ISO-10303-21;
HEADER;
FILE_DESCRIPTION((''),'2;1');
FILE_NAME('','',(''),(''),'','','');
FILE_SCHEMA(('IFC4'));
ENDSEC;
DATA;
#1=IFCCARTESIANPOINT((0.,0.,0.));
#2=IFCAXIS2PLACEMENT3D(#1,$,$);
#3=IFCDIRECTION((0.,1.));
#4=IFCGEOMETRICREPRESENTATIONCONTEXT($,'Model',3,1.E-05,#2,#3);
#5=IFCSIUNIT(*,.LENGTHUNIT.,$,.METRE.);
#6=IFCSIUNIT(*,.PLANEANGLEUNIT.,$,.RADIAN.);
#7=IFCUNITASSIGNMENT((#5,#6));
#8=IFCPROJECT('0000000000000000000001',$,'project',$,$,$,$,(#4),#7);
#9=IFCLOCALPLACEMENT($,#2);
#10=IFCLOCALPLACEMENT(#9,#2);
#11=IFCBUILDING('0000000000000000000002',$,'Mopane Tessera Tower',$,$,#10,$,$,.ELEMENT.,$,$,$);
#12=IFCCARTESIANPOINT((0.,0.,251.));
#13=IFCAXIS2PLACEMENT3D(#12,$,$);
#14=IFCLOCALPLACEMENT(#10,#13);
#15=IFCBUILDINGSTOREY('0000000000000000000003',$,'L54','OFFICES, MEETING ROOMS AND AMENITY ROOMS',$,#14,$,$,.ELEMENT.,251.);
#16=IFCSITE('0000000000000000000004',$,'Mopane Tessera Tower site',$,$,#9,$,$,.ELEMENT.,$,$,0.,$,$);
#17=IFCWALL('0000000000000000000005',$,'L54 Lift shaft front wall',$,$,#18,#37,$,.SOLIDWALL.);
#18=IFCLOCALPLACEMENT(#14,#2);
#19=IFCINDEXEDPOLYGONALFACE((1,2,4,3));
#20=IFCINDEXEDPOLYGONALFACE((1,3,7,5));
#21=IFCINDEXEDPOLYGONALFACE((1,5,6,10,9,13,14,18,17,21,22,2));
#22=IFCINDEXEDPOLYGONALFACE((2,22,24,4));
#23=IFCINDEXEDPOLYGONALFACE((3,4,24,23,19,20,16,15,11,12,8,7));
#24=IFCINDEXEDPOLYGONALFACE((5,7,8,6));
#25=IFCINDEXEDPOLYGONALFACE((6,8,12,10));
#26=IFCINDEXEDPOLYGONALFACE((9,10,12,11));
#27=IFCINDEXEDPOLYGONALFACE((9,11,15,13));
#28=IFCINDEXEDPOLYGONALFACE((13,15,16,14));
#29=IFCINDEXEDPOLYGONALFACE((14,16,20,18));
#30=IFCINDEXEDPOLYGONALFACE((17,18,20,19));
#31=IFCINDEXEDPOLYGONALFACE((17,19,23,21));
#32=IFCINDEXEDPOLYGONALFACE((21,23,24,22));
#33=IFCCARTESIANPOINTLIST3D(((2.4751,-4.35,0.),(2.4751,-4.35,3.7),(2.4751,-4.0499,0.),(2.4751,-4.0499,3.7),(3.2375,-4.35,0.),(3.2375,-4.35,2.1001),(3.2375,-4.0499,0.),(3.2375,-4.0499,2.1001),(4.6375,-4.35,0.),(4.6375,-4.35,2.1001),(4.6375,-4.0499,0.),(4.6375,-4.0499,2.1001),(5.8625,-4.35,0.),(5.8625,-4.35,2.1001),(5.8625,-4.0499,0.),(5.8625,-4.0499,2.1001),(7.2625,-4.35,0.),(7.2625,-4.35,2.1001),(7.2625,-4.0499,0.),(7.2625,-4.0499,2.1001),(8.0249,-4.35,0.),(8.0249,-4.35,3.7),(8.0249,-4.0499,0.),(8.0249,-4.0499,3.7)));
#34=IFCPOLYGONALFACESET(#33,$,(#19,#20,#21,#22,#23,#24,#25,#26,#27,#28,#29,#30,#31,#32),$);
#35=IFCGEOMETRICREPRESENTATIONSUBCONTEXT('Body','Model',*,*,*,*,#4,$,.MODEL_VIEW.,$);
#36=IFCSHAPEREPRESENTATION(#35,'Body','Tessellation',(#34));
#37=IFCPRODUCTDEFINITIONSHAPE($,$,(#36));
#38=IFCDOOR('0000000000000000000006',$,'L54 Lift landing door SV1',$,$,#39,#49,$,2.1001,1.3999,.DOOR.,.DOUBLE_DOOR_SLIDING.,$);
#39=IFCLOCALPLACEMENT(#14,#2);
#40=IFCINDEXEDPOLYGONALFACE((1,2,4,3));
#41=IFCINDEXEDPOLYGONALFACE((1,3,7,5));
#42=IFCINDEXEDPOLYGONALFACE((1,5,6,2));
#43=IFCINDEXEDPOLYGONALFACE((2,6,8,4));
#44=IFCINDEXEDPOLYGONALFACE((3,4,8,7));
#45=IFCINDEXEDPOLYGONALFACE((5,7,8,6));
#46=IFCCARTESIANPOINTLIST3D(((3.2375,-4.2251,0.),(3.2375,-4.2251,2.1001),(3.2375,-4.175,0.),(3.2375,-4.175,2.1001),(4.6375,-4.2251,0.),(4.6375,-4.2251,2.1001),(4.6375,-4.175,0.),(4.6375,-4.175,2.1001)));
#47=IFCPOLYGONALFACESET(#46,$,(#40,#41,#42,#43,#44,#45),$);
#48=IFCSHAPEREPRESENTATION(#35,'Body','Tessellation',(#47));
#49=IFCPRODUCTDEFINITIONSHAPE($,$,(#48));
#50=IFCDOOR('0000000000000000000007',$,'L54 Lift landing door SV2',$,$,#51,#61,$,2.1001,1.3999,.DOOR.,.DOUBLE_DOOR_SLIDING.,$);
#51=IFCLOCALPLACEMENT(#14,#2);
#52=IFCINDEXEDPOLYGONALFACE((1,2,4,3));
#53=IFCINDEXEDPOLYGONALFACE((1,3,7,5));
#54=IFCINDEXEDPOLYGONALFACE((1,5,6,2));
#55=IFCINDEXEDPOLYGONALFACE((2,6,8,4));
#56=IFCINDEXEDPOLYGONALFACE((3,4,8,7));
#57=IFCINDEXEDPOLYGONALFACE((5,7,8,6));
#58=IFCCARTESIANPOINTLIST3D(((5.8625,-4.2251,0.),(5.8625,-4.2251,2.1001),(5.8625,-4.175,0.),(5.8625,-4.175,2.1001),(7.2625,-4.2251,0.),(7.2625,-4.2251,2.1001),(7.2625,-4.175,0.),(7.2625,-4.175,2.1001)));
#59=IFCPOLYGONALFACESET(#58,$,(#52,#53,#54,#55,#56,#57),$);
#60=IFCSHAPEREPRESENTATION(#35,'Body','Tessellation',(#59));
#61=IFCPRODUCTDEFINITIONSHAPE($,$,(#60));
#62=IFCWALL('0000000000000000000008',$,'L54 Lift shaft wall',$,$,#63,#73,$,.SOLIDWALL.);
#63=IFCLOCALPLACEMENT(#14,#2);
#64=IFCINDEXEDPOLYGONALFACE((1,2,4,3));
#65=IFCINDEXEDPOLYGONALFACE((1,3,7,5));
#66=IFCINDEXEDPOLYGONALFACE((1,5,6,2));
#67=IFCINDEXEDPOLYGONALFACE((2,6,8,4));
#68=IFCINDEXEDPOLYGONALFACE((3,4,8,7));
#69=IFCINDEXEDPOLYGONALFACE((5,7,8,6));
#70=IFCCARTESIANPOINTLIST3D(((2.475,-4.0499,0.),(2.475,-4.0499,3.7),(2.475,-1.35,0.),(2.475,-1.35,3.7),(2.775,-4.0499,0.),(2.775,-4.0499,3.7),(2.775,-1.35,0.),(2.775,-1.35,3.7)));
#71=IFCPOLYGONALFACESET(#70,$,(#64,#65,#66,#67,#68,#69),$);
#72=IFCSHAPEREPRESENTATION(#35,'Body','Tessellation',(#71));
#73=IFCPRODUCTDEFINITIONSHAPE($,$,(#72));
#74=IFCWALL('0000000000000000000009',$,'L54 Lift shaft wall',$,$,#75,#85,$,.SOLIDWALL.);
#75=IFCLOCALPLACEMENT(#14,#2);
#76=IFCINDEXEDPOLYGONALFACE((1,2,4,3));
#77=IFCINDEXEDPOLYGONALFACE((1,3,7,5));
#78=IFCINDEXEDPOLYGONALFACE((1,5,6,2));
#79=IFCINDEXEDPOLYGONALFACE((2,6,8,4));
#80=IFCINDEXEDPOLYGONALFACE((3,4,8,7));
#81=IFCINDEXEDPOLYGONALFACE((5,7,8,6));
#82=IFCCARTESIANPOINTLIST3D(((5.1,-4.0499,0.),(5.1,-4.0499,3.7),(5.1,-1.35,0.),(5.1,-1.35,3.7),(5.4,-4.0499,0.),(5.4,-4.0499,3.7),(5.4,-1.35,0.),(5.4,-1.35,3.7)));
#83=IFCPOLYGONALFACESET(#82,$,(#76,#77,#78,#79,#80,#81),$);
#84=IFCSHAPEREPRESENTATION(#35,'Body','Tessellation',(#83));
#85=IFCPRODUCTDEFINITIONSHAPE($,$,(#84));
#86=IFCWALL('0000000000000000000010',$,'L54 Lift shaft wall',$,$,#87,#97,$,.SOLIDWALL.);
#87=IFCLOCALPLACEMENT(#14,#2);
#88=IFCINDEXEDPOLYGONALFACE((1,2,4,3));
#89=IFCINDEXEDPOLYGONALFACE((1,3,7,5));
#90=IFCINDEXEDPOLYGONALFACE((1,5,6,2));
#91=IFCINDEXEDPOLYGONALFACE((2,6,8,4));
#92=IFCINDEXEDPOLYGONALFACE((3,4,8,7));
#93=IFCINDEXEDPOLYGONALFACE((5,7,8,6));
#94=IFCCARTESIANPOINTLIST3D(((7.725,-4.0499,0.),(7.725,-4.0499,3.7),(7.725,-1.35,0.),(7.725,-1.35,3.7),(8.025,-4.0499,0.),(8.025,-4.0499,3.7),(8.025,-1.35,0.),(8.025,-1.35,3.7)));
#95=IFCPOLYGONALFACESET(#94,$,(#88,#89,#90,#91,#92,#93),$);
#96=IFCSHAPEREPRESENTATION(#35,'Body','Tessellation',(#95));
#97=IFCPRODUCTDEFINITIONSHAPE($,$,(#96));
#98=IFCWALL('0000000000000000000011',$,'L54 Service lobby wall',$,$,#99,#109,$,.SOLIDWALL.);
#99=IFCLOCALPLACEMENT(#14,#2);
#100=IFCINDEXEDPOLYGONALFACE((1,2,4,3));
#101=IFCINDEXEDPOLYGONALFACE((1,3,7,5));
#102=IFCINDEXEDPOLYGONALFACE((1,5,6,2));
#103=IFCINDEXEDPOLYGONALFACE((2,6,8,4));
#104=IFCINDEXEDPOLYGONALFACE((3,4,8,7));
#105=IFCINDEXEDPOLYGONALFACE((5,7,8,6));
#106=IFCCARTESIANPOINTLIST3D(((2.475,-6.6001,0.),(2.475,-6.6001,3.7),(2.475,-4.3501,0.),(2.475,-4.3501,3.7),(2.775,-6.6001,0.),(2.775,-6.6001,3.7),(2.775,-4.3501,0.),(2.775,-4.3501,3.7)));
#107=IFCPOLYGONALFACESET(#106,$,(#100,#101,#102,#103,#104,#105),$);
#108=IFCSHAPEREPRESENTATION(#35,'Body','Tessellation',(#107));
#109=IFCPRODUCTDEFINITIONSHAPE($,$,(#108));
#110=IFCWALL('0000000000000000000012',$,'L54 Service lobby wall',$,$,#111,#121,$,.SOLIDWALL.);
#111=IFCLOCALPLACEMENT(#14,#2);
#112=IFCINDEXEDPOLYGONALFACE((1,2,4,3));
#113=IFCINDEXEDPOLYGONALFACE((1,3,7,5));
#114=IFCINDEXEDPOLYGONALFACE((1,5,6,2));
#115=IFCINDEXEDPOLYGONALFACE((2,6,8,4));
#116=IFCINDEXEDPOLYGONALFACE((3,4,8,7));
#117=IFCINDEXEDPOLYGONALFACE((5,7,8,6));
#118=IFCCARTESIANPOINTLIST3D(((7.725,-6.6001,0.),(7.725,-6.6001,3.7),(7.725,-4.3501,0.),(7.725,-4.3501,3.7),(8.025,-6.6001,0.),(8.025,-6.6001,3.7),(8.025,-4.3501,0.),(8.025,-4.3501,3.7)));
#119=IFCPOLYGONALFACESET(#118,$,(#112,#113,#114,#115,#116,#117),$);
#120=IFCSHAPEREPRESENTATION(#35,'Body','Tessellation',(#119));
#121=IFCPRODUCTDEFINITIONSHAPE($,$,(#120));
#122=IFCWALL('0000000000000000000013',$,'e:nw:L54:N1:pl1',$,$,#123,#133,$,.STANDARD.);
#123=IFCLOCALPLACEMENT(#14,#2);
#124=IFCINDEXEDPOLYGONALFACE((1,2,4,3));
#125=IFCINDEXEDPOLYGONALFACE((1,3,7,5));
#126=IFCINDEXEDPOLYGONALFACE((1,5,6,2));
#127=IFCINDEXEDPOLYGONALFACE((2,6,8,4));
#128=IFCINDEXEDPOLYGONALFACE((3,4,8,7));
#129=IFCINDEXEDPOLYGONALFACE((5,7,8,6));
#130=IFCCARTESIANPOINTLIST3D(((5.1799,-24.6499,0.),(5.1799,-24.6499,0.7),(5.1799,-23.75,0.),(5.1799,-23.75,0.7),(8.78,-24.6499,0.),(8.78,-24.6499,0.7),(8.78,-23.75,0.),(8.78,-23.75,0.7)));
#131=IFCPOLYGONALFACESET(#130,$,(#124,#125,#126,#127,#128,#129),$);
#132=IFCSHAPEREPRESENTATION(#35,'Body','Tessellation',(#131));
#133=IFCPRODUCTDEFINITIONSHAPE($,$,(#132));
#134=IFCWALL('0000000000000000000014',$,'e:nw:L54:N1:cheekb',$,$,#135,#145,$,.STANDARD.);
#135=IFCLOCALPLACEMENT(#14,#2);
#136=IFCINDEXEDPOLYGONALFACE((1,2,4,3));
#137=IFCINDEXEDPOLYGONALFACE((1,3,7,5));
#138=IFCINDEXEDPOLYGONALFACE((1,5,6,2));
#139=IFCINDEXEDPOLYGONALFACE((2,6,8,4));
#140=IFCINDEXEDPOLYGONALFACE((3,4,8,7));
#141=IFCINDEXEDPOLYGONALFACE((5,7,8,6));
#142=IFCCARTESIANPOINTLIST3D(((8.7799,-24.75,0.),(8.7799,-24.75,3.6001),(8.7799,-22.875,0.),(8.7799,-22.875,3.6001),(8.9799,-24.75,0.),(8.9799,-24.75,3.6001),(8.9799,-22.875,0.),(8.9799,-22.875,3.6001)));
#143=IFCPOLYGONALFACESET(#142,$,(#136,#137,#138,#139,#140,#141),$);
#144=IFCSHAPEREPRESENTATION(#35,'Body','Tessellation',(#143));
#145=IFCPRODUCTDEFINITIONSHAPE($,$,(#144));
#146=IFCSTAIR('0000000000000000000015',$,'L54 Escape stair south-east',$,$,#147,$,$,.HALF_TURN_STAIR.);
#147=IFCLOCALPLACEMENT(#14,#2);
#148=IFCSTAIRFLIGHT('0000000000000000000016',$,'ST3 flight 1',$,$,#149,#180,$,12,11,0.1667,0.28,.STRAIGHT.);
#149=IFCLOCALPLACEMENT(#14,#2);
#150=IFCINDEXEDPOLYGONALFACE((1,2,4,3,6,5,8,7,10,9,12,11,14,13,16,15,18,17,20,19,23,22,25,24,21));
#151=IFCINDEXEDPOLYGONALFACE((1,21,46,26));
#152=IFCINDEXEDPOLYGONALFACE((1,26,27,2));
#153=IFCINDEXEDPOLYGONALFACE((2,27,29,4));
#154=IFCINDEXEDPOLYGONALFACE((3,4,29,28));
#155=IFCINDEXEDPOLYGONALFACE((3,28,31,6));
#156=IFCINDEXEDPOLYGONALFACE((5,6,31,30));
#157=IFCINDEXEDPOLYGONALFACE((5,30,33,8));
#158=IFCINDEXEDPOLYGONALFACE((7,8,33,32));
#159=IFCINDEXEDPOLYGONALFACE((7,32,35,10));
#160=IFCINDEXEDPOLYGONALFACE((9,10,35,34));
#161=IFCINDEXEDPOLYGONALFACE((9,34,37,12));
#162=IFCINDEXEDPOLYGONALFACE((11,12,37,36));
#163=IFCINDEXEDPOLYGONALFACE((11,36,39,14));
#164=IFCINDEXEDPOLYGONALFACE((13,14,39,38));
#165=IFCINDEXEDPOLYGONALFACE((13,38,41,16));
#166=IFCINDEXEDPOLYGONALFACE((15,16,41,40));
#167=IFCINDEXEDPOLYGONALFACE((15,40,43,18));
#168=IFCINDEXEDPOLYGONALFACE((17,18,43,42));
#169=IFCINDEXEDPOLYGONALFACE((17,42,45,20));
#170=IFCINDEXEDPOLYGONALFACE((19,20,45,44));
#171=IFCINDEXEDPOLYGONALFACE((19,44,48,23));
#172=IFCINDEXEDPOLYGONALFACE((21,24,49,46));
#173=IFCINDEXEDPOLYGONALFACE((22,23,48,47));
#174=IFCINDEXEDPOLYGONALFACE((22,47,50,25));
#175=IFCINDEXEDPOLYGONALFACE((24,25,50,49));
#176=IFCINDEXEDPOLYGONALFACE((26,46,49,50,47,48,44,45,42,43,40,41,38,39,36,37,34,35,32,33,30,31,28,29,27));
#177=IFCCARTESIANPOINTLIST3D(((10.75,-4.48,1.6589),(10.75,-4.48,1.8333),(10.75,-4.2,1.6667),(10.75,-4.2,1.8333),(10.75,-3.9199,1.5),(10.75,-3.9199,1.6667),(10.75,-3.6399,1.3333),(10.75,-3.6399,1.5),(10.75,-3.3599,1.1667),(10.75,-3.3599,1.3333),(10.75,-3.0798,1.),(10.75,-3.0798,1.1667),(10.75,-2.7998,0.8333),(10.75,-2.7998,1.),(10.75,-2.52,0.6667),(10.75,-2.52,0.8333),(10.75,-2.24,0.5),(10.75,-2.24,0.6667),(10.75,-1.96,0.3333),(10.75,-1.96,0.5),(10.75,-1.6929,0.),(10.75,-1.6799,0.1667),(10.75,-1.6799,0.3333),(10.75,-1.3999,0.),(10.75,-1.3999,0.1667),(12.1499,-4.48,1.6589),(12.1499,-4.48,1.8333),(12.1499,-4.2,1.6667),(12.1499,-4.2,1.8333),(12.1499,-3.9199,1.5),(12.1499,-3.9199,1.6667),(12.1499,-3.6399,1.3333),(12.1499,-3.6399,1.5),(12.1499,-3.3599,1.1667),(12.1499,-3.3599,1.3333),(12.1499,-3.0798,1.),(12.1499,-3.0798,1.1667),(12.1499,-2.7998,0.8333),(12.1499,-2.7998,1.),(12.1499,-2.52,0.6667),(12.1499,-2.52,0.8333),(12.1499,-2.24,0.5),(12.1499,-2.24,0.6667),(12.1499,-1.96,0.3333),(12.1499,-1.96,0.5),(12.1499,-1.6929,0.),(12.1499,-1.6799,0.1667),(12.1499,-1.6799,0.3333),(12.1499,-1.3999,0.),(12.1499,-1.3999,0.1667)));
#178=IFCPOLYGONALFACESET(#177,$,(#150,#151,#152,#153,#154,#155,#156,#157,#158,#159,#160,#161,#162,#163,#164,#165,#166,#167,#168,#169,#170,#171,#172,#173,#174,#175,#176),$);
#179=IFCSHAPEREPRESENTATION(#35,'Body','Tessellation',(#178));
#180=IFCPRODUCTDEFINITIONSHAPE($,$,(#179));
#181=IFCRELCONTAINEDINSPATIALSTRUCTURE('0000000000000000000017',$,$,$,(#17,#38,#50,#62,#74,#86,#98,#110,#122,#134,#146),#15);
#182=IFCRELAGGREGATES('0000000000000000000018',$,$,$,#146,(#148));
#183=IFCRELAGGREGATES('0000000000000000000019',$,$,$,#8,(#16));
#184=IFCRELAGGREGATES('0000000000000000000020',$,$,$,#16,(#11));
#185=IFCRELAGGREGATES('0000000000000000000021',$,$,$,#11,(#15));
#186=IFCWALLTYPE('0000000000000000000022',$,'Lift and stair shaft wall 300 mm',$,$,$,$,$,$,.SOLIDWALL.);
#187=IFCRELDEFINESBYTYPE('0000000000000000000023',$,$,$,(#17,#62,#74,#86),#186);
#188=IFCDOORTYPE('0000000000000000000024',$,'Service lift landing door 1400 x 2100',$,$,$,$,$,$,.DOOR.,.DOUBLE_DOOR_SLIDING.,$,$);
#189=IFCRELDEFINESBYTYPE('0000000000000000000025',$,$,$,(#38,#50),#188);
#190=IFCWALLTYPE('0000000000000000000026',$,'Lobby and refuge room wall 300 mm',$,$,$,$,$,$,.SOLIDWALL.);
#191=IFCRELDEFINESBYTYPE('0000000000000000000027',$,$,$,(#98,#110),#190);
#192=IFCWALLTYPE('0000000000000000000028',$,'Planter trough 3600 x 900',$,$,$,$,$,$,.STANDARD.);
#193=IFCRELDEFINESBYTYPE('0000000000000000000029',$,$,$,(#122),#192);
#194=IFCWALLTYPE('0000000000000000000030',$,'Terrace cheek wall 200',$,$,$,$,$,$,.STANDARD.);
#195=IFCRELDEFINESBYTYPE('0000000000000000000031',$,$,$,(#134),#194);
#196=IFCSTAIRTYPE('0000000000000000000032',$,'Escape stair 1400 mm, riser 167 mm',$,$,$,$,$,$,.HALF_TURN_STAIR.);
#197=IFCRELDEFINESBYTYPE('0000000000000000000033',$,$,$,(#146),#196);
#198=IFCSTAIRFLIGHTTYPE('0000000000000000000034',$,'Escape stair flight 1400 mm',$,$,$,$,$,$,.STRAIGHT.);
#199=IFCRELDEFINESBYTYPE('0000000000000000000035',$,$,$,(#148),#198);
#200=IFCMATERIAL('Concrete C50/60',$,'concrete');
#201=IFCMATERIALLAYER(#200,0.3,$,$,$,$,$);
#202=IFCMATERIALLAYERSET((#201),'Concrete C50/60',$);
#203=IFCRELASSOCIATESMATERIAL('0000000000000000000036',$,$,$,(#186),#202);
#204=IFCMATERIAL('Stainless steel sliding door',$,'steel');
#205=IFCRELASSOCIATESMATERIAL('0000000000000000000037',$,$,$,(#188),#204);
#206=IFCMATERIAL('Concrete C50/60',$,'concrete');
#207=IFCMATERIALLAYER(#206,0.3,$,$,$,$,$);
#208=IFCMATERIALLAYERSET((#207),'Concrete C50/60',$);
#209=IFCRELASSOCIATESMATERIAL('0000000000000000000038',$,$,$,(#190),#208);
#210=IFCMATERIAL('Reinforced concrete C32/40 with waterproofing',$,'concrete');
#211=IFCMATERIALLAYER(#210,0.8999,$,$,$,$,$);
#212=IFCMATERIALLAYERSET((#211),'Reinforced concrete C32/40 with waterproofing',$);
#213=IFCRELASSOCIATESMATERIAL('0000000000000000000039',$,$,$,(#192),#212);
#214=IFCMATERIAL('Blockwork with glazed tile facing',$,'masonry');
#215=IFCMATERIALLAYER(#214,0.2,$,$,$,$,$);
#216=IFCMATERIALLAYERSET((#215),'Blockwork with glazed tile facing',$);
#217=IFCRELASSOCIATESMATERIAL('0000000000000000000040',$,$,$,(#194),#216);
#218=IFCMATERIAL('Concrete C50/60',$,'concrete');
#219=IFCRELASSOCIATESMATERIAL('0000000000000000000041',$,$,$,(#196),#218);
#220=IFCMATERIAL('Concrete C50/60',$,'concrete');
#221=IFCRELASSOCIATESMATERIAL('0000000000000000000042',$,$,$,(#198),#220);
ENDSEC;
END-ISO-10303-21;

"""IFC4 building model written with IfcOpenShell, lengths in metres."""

from ifc_helpers import new_model, si_unit, direction, frame, frame_2d, origin, place, context, subcontext, project, spatial, polyline, rectangle, outline, extrude, material, layer, layer_set, type_object, element, fill, aggregate, save


model = new_model("IFC4")

# Units and contexts
model_context = context("Model", 3, precision=1e-05, world=origin(), true_north=direction((0.0, 1.0)))
body_context = subcontext(model_context, "Body", "Model", "MODEL_VIEW")
ifc_project = project(units=[si_unit("LENGTHUNIT", "METRE"), si_unit("PLANEANGLEUNIT", "RADIAN")], contexts=[model_context])

# Site, building, storey
site_placement = place(None, origin())
site = spatial("IfcSite", under=ifc_project, at=site_placement, Name="Mopane Tessera Tower site", CompositionType="ELEMENT", RefElevation=0.0)
building_placement = place(site_placement, origin())
building = spatial("IfcBuilding", under=site, at=building_placement, Name="Mopane Tessera Tower", CompositionType="ELEMENT")
storey_placement = place(building_placement, frame((0.0, 0.0, 251.0)))
storey = spatial("IfcBuildingStorey", under=building, at=storey_placement, Name="L54", Description="OFFICES, MEETING ROOMS AND AMENITY ROOMS", CompositionType="ELEMENT", Elevation=251.0)

# Wall, openings, doors
ifc_material_1 = material(Name="Concrete C50/60", Category="concrete")
ifc_layer_1 = layer(ifc_material_1, 0.3)
ifc_layer_set_1 = layer_set([ifc_layer_1], Name="Concrete C50/60")
wall_type_1 = type_object("IfcWallType", Name="Lift and stair shaft wall 300 mm", PredefinedType="SOLIDWALL", material=ifc_layer_set_1)
wall_1_placement = place(storey_placement, frame((2.4751, -4.2, 0.0), z_axis=(0.0, 0.0, 1.0), x_axis=(1.0, 0.0, 0.0)))
wall_1 = element("IfcWall", 1, at=wall_1_placement, inside=storey, type_object=wall_type_1, Name="L54 Lift shaft front wall", PredefinedType="SOLIDWALL", context=body_context, shape_type="SweptSolid", body=[
    extrude(rectangle(XDim=5.5498, YDim=0.3, at=frame_2d((2.7749, 0.0))), origin(), (0.0, 0.0, 1.0), 3.7),
])
opening_1_placement = place(wall_1_placement, frame((0.7625, 0.0, 0.0)))
opening_1 = element("IfcOpeningElement", 2, at=opening_1_placement, cuts=wall_1, PredefinedType="OPENING", context=body_context, shape_type="SweptSolid", body=[
    extrude(rectangle(XDim=1.3999, YDim=2.1001, at=frame_2d((0.7, 1.05))), frame((0.0, 0.1621, 0.0), z_axis=(0.0, -1.0, 0.0), x_axis=(1.0, 0.0, 0.0)), (0.0, 0.0, 1.0), 0.324),
])
opening_2_placement = place(wall_1_placement, frame((3.3875, 0.0, 0.0)))
opening_2 = element("IfcOpeningElement", 3, at=opening_2_placement, cuts=wall_1, PredefinedType="OPENING", context=body_context, shape_type="SweptSolid", body=[
    extrude(rectangle(XDim=1.3999, YDim=2.1001, at=frame_2d((0.7, 1.05))), frame((0.0, 0.1621, 0.0), z_axis=(0.0, -1.0, 0.0), x_axis=(1.0, 0.0, 0.0)), (0.0, 0.0, 1.0), 0.324),
])
ifc_material_2 = material(Name="Stainless steel sliding door", Category="steel")
door_type = type_object("IfcDoorType", Name="Service lift landing door 1400 x 2100", OperationType="DOUBLE_DOOR_SLIDING", PredefinedType="DOOR", material=ifc_material_2)
door_1_placement = place(opening_1_placement, origin())
door_1 = element("IfcDoor", 4, at=door_1_placement, inside=storey, type_object=door_type, Name="L54 Lift landing door SV1", OperationType="DOUBLE_DOOR_SLIDING", OverallHeight=2.1001, OverallWidth=1.3999, PredefinedType="DOOR", context=body_context, shape_type="SweptSolid", body=[
    extrude(rectangle(XDim=1.3999, YDim=2.1001, at=frame_2d((0.7, 1.05))), frame((0.0, 0.0249, 0.0), z_axis=(0.0, -1.0, 0.0), x_axis=(1.0, 0.0, 0.0)), (0.0, 0.0, 1.0), 0.05),
])
fill(opening_1, door_1)
door_2_placement = place(opening_2_placement, origin())
door_2 = element("IfcDoor", 5, at=door_2_placement, inside=storey, type_object=door_type, Name="L54 Lift landing door SV2", OperationType="DOUBLE_DOOR_SLIDING", OverallHeight=2.1001, OverallWidth=1.3999, PredefinedType="DOOR", context=body_context, shape_type="SweptSolid", body=[
    extrude(rectangle(XDim=1.3999, YDim=2.1001, at=frame_2d((0.7, 1.05))), frame((0.0, 0.0249, 0.0), z_axis=(0.0, -1.0, 0.0), x_axis=(1.0, 0.0, 0.0)), (0.0, 0.0, 1.0), 0.05),
])
fill(opening_2, door_2)

# Walls
for number, where, z_axis, x_axis, name in (
    (6, (2.625, -4.05, 0.0), (0.0, 0.0, 1.0), (0.0, 1.0, 0.0), "L54 Lift shaft wall"),
    (7, (5.25, -4.05, 0.0), (0.0, 0.0, 1.0), (0.0, 1.0, 0.0), "L54 Lift shaft wall"),
    (8, (7.875, -4.05, 0.0), (0.0, 0.0, 1.0), (0.0, 1.0, 0.0), "L54 Lift shaft wall"),
):
    element("IfcWall", number, at=place(storey_placement, frame(where, z_axis=z_axis, x_axis=x_axis)), inside=storey, type_object=wall_type_1, Name=name, PredefinedType="SOLIDWALL", context=body_context, shape_type="SweptSolid", body=[
        extrude(rectangle(XDim=2.7, YDim=0.3, at=frame_2d((1.3501, 0.0))), origin(), (0.0, 0.0, 1.0), 3.7),
    ])
ifc_material_3 = material(Name="Concrete C50/60", Category="concrete")
ifc_layer_2 = layer(ifc_material_3, 0.3)
ifc_layer_set_2 = layer_set([ifc_layer_2], Name="Concrete C50/60")
wall_type_2 = type_object("IfcWallType", Name="Lobby and refuge room wall 300 mm", PredefinedType="SOLIDWALL", material=ifc_layer_set_2)
for number, where, z_axis, x_axis, name in (
    (9, (2.625, -6.6001, 0.0), (0.0, 0.0, 1.0), (0.0, 1.0, 0.0), "L54 Service lobby wall"),
    (10, (7.875, -6.6001, 0.0), (0.0, 0.0, 1.0), (0.0, 1.0, 0.0), "L54 Service lobby wall"),
):
    element("IfcWall", number, at=place(storey_placement, frame(where, z_axis=z_axis, x_axis=x_axis)), inside=storey, type_object=wall_type_2, Name=name, PredefinedType="SOLIDWALL", context=body_context, shape_type="SweptSolid", body=[
        extrude(rectangle(XDim=2.25, YDim=0.3, at=frame_2d((1.125, 0.0))), origin(), (0.0, 0.0, 1.0), 3.7),
    ])
ifc_material_4 = material(Name="Reinforced concrete C32/40 with waterproofing", Category="concrete")
ifc_layer_3 = layer(ifc_material_4, 0.8999)
ifc_layer_set_3 = layer_set([ifc_layer_3], Name="Reinforced concrete C32/40 with waterproofing")
wall_type_3 = type_object("IfcWallType", Name="Planter trough 3600 x 900", PredefinedType="STANDARD", material=ifc_layer_set_3)
wall_2_placement = place(storey_placement, frame((5.1799, -24.2, 0.0), z_axis=(0.0, 0.0, 1.0), x_axis=(1.0, 0.0, 0.0)))
element("IfcWall", 11, at=wall_2_placement, inside=storey, type_object=wall_type_3, Name="e:nw:L54:N1:pl1", PredefinedType="STANDARD", context=body_context, shape_type="SweptSolid", body=[
    extrude(rectangle(XDim=3.6001, YDim=0.8999, at=frame_2d((1.8, 0.0))), origin(), (0.0, 0.0, 1.0), 0.7),
])
ifc_material_5 = material(Name="Blockwork with glazed tile facing", Category="masonry")
ifc_layer_4 = layer(ifc_material_5, 0.2)
ifc_layer_set_4 = layer_set([ifc_layer_4], Name="Blockwork with glazed tile facing")
wall_type_4 = type_object("IfcWallType", Name="Terrace cheek wall 200", PredefinedType="STANDARD", material=ifc_layer_set_4)
wall_3_placement = place(storey_placement, frame((8.8799, -24.75, 0.0), z_axis=(0.0, 0.0, 1.0), x_axis=(0.0, 1.0, 0.0)))
element("IfcWall", 12, at=wall_3_placement, inside=storey, type_object=wall_type_4, Name="e:nw:L54:N1:cheekb", PredefinedType="STANDARD", context=body_context, shape_type="SweptSolid", body=[
    extrude(rectangle(XDim=1.875, YDim=0.2, at=frame_2d((0.9375, 0.0))), origin(), (0.0, 0.0, 1.0), 3.6001),
])

# Stair, stair flight
ifc_material_6 = material(Name="Concrete C50/60", Category="concrete")
stair_type = type_object("IfcStairType", Name="Escape stair 1400 mm, riser 167 mm", PredefinedType="HALF_TURN_STAIR", material=ifc_material_6)
stair_placement = place(storey_placement, origin())
stair = element("IfcStair", 13, at=stair_placement, inside=storey, type_object=stair_type, Name="L54 Escape stair south-east", PredefinedType="HALF_TURN_STAIR")
ifc_material_7 = material(Name="Concrete C50/60", Category="concrete")
stair_flight_type = type_object("IfcStairFlightType", Name="Escape stair flight 1400 mm", PredefinedType="STRAIGHT", material=ifc_material_7)
stair_flight_placement = place(storey_placement, frame((11.45, -1.3999, 0.0), z_axis=(0.0, 0.0, 1.0), x_axis=(0.0, -1.0, 0.0)))
stair_flight = element("IfcStairFlight", 14, at=stair_flight_placement, type_object=stair_flight_type, Name="ST3 flight 1", NumberOfRisers=12, NumberOfTreads=11, PredefinedType="STRAIGHT", RiserHeight=0.1667, TreadLength=0.28, context=body_context, shape_type="SweptSolid", body=[
    extrude(outline(polyline([(0.0, 0.0), (0.0, 0.1667), (0.28, 0.1667), (0.28, 0.3333), (0.5601, 0.3333), (0.5601, 0.5), (0.8401, 0.5), (0.8401, 0.6667), (1.1201, 0.6667), (1.1201, 0.8333), (1.3999, 0.8333), (1.3999, 1.0), (1.6799, 1.0), (1.6799, 1.1667), (1.96, 1.1667), (1.96, 1.3333), (2.24, 1.3333), (2.24, 1.5), (2.52, 1.5), (2.52, 1.6667), (2.8, 1.6667), (2.8, 1.8333), (3.0801, 1.8333), (3.0801, 2.0), (3.0801, 1.6589), (0.293, 0.0), (0.0, 0.0)])), frame((0.0, 0.7, 0.0), z_axis=(0.0, -1.0, 0.0), x_axis=(1.0, 0.0, 0.0)), (0.0, 0.0, 1.0), 1.3999),
])
aggregate(stair, [stair_flight])

save(model, "model.ifc")
